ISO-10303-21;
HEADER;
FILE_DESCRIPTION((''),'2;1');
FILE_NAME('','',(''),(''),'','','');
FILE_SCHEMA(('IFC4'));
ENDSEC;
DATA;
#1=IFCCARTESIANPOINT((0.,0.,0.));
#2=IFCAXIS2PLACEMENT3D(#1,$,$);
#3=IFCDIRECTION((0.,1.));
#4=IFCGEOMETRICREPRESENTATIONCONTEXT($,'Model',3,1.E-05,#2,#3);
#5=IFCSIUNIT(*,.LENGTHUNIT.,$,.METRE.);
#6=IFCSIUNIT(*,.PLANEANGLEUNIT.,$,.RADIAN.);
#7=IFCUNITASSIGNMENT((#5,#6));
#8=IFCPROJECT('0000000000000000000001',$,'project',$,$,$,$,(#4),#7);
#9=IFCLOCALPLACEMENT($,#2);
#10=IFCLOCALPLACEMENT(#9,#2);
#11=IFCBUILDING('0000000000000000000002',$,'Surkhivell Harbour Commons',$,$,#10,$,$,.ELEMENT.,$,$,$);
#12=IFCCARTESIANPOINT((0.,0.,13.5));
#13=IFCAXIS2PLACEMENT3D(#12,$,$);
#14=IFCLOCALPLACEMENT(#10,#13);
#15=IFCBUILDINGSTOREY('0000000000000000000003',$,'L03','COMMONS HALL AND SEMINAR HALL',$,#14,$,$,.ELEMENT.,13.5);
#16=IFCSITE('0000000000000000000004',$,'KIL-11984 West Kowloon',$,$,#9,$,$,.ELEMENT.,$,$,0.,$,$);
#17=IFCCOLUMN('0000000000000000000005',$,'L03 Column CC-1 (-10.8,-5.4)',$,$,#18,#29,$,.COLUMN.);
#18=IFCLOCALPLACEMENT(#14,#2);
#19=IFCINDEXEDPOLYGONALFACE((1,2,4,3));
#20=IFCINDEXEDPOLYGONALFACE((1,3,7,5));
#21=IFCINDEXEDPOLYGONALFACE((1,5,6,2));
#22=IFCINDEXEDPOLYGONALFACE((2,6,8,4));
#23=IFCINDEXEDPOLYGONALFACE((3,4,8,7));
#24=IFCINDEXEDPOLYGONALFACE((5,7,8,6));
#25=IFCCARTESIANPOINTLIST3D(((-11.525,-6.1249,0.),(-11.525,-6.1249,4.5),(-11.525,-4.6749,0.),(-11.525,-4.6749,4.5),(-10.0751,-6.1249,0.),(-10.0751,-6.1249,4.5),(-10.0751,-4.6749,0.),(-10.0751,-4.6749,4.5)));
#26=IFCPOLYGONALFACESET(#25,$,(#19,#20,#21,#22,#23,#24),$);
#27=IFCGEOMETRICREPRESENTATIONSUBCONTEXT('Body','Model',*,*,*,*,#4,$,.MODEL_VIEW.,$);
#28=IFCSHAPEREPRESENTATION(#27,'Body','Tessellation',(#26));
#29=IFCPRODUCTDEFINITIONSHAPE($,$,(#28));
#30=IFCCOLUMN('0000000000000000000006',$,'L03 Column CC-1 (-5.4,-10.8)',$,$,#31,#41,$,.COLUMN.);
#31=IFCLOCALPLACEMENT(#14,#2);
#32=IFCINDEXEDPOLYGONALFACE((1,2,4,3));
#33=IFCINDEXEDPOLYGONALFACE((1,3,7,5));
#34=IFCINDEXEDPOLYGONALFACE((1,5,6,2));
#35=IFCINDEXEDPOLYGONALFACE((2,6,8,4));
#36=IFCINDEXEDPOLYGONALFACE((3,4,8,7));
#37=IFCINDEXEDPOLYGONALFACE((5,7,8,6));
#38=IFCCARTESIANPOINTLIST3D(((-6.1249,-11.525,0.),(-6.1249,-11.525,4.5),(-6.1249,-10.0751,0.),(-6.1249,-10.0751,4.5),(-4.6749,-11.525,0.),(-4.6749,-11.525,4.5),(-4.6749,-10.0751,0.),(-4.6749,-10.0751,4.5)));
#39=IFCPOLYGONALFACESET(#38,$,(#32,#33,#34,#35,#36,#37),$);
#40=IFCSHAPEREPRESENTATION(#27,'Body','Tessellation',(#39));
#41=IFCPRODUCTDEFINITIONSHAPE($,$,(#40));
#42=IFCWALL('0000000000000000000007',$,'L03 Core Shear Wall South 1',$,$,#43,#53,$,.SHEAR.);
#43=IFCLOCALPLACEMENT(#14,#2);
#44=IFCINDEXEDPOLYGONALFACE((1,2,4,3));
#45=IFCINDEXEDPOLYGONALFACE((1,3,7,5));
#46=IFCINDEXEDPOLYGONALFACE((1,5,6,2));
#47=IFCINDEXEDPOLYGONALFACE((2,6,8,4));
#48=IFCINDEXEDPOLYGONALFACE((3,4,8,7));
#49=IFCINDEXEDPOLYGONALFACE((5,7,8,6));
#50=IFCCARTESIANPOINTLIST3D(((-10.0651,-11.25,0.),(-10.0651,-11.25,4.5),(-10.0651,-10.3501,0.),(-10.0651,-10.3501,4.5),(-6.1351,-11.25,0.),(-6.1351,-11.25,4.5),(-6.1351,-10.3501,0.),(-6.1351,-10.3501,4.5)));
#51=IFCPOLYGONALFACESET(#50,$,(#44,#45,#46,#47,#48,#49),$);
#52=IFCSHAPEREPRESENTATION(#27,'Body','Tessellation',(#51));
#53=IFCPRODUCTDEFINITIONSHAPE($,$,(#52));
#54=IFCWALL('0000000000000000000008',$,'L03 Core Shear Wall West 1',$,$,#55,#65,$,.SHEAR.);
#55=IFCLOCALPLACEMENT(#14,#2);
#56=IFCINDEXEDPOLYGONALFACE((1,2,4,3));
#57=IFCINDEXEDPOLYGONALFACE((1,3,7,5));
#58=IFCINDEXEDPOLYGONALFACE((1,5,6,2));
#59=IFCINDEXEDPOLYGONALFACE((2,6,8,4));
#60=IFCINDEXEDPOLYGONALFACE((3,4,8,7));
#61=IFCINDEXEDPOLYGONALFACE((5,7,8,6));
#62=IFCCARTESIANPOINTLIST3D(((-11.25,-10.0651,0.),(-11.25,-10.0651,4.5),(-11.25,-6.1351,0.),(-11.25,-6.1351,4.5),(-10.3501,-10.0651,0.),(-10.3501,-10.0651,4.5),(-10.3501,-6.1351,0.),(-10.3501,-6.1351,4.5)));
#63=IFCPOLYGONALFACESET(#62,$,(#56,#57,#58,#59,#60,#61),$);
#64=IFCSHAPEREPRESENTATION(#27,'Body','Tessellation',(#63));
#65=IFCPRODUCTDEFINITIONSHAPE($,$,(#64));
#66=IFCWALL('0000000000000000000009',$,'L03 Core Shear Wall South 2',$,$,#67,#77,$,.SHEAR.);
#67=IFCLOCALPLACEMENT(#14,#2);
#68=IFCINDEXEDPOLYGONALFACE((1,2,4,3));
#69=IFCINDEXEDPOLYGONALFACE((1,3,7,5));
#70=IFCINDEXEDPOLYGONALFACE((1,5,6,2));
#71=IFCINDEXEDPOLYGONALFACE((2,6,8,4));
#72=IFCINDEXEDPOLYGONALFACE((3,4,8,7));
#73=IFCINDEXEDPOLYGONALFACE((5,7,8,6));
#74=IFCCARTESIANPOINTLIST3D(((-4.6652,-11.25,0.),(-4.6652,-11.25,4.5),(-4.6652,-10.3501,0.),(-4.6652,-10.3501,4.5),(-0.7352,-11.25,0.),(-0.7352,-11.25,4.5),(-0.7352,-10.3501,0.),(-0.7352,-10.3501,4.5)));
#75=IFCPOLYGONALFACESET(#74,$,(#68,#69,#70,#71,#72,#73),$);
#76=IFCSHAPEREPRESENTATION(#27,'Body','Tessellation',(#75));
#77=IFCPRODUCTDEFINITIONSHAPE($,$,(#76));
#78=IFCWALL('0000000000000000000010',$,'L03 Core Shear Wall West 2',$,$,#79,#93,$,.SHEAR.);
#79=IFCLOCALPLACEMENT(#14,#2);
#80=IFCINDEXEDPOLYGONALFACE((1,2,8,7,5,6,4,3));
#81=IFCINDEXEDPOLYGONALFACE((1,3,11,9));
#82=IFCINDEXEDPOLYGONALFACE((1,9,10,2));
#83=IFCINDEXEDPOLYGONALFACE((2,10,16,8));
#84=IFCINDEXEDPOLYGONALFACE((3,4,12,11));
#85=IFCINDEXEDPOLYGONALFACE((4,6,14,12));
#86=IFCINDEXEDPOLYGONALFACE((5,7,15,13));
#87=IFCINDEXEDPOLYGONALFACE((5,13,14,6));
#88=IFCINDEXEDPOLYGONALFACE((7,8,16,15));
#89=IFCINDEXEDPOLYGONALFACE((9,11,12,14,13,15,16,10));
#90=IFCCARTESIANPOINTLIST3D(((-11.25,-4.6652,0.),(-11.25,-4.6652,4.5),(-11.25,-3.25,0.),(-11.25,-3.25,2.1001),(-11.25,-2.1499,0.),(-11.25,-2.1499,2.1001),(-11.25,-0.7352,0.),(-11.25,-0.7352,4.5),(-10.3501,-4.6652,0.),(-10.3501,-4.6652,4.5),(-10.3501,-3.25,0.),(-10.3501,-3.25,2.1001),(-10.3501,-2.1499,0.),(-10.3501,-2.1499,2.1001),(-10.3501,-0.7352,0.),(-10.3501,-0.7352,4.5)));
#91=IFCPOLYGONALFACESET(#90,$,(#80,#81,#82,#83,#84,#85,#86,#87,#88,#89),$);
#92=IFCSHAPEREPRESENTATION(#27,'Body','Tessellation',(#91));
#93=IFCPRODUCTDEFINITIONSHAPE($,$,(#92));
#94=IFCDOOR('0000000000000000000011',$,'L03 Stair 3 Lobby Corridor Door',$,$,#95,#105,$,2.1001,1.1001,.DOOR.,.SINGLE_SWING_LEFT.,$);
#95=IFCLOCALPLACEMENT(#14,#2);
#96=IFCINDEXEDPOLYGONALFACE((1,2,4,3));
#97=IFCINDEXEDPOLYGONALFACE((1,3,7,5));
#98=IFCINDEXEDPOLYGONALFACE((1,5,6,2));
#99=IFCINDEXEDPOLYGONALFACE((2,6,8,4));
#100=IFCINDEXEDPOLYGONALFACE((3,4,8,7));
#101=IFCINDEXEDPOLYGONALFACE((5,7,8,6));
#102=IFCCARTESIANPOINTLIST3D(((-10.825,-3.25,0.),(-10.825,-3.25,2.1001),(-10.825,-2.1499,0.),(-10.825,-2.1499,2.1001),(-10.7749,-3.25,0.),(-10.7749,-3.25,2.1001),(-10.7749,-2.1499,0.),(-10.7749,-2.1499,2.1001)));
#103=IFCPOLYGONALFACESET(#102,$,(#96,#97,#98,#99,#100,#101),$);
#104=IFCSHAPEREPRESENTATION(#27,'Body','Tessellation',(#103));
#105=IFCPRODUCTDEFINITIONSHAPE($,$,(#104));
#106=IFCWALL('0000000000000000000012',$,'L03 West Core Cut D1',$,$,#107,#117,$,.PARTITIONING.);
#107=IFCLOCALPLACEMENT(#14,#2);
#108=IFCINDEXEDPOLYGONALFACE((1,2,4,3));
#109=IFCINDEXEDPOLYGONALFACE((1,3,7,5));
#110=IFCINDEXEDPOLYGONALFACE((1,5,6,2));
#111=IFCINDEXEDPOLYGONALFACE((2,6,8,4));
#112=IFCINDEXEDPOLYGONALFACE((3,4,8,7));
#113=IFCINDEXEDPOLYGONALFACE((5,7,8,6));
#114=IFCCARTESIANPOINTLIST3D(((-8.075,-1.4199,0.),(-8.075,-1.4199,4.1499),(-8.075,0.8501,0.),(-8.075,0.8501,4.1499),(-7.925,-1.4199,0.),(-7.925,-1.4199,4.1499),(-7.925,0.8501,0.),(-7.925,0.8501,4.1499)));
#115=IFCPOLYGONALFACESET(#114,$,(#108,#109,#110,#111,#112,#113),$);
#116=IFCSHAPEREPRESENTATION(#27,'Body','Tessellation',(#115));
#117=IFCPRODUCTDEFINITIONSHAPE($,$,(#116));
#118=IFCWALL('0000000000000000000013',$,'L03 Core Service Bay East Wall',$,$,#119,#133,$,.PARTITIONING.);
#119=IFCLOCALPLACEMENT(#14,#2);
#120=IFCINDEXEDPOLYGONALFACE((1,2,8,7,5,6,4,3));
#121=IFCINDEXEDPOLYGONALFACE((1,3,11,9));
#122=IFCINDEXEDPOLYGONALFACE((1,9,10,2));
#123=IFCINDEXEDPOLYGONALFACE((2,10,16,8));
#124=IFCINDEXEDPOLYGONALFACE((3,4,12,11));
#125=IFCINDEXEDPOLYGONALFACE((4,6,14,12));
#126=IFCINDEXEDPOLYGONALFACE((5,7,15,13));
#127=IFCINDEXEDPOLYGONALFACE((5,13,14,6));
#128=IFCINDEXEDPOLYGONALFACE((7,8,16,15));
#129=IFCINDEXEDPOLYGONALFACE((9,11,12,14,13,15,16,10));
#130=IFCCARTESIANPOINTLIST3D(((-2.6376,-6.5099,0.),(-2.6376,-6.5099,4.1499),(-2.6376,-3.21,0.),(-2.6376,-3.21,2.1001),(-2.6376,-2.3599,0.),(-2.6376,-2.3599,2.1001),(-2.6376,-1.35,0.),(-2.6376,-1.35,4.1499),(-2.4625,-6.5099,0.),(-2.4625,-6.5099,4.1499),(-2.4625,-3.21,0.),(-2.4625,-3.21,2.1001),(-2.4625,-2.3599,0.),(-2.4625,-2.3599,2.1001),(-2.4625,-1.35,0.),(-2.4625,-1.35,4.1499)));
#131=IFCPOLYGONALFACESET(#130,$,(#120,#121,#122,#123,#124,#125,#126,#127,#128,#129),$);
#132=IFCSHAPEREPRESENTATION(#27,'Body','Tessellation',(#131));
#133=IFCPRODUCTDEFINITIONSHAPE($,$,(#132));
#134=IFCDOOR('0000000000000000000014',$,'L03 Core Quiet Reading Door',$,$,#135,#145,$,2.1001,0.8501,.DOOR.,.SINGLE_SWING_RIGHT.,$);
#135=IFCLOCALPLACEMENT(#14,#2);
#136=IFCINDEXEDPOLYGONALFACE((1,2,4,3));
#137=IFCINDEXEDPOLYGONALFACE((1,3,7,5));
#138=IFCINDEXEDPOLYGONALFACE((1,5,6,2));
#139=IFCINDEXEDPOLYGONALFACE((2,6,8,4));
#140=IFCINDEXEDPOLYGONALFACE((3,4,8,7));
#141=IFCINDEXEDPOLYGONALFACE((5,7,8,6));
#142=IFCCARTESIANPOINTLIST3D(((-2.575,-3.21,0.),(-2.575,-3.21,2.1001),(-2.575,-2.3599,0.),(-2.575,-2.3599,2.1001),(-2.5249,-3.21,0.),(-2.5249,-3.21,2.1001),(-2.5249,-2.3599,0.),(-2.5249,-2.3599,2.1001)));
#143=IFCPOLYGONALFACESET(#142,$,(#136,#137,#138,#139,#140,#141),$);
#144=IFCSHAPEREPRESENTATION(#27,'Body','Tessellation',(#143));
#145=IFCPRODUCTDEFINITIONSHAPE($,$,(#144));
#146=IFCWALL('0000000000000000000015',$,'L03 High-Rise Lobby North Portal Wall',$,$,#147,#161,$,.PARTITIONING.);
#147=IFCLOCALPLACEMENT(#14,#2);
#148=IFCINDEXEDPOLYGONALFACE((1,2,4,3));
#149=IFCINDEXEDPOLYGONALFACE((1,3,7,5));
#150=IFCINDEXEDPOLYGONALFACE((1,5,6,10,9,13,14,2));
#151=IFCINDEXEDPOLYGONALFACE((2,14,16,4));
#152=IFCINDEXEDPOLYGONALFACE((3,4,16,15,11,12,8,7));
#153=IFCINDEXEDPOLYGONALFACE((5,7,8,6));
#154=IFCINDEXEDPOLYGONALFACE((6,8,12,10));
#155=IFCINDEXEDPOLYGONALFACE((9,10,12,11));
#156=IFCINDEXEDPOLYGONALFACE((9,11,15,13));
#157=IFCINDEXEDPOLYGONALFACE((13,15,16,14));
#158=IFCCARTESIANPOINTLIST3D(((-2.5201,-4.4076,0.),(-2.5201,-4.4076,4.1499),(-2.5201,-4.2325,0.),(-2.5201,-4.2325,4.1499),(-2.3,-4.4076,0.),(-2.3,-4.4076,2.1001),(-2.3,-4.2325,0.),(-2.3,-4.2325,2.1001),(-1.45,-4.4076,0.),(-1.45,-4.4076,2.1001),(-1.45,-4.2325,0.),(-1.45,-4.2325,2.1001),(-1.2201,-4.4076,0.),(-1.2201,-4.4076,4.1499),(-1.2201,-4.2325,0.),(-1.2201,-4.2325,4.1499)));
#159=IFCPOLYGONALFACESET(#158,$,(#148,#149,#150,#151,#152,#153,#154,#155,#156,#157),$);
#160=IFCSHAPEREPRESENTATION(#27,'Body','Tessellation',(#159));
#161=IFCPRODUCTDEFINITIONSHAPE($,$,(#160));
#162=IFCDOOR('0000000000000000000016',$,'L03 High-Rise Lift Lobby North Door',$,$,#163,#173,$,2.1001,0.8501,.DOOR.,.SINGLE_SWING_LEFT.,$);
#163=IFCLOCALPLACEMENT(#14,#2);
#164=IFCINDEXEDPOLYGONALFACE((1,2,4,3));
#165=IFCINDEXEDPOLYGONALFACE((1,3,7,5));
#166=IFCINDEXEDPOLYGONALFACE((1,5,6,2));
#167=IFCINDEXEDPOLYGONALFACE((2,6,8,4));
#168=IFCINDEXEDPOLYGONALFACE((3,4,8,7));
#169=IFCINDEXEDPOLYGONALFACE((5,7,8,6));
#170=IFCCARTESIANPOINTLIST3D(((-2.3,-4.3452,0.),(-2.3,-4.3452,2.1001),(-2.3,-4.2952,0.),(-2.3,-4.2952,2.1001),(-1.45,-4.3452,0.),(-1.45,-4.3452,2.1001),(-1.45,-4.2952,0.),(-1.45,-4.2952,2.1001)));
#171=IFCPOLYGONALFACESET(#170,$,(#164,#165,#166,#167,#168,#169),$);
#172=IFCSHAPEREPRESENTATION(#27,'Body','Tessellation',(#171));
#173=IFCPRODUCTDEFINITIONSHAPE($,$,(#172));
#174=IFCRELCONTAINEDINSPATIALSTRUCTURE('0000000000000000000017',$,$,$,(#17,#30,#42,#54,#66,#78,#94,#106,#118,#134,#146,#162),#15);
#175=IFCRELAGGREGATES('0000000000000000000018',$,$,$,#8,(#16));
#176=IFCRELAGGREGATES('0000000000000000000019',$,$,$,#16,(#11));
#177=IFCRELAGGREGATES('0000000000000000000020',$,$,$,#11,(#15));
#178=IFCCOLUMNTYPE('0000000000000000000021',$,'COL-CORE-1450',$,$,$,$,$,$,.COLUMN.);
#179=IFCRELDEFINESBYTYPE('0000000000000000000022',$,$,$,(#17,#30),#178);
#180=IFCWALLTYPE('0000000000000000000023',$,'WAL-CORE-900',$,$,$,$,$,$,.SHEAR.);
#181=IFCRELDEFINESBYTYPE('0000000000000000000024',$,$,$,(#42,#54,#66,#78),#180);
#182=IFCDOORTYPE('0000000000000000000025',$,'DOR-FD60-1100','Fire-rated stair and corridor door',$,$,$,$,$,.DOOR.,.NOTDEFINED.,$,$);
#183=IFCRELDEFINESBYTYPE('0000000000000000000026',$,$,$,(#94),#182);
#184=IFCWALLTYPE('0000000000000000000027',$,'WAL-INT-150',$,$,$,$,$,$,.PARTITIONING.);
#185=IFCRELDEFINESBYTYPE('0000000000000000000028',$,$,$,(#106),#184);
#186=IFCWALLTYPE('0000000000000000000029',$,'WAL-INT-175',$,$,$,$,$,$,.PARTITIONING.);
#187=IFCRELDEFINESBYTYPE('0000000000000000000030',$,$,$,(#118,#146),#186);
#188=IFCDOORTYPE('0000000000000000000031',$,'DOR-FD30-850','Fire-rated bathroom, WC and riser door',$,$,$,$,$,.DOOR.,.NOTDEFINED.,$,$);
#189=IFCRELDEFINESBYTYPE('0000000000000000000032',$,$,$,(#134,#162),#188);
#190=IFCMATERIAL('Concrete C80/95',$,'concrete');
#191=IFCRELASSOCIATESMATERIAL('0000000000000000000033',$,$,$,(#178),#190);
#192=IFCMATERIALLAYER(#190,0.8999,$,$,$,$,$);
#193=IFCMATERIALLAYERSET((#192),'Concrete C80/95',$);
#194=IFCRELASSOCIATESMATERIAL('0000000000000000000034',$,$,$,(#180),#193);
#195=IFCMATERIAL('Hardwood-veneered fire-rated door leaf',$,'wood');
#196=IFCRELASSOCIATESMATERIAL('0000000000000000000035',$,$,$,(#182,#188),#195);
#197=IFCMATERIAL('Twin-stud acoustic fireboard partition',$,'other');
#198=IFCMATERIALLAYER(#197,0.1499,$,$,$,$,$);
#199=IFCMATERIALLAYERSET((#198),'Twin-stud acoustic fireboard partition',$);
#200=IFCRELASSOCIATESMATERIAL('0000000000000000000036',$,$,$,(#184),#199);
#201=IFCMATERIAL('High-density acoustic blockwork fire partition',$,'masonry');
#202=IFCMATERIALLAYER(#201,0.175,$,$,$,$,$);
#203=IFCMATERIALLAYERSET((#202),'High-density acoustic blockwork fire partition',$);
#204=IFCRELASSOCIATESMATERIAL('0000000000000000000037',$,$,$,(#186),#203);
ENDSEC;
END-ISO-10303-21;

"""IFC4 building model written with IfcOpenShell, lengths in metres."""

from ifc_helpers import new_model, si_unit, direction, frame, frame_2d, origin, origin_2d, place, context, subcontext, project, spatial, rectangle, extrude, material, layer, layer_set, material_profile, profile_set, type_object, element, fill, save


model = new_model("IFC4")

# Units and contexts
model_context = context("Model", 3, precision=1e-05, world=origin(), true_north=direction((0.0, 1.0)))
body_context = subcontext(model_context, "Body", "Model", "MODEL_VIEW")
ifc_project = project(units=[si_unit("LENGTHUNIT", "METRE"), si_unit("PLANEANGLEUNIT", "RADIAN")], contexts=[model_context])

# Site, building, storey
site_placement = place(None, origin())
site = spatial("IfcSite", under=ifc_project, at=site_placement, Name="KIL-11984 West Kowloon", CompositionType="ELEMENT", RefElevation=0.0)
building_placement = place(site_placement, origin())
building = spatial("IfcBuilding", under=site, at=building_placement, Name="Surkhivell Harbour Commons", CompositionType="ELEMENT")
storey_placement = place(building_placement, frame((0.0, 0.0, 13.5)))
storey = spatial("IfcBuildingStorey", under=building, at=storey_placement, Name="L03", Description="COMMONS HALL AND SEMINAR HALL", CompositionType="ELEMENT", Elevation=13.5)

# Columns
ifc_material_1 = material(Name="Concrete C80/95", Category="concrete")
ifc_material_profile = material_profile(ifc_material_1, rectangle(XDim=1.45, YDim=1.45, at=origin_2d()), Name="RC-COL-1450x1450")
ifc_profile_set = profile_set([ifc_material_profile], Name="Concrete C80/95")
column_type = type_object("IfcColumnType", Name="COL-CORE-1450", PredefinedType="COLUMN", material=ifc_profile_set)
for number, where, z_axis, x_axis, name in (
    (1, (-10.8, -5.3999, 0.0), (0.0, 0.0, 1.0), (1.0, 0.0, 0.0), "L03 Column CC-1 (-10.8,-5.4)"),
    (2, (-5.3999, -10.8, 0.0), (0.0, 0.0, 1.0), (1.0, 0.0, 0.0), "L03 Column CC-1 (-5.4,-10.8)"),
):
    element("IfcColumn", number, at=place(storey_placement, frame(where, z_axis=z_axis, x_axis=x_axis)), inside=storey, type_object=column_type, Name=name, PredefinedType="COLUMN", context=body_context, shape_type="SweptSolid", body=[
        extrude(rectangle(XDim=1.45, YDim=1.45, at=origin_2d()), origin(), (0.0, 0.0, 1.0), 4.5),
    ])

# Walls
ifc_layer_1 = layer(ifc_material_1, 0.8999)
ifc_layer_set_1 = layer_set([ifc_layer_1], Name="Concrete C80/95")
wall_type_1 = type_object("IfcWallType", Name="WAL-CORE-900", PredefinedType="SHEAR", material=ifc_layer_set_1)
for number, where, z_axis, x_axis, name in (
    (3, (-10.0649, -10.8, 0.0), (0.0, 0.0, 1.0), (1.0, 0.0, 0.0), "L03 Core Shear Wall South 1"),
    (4, (-10.8, -10.0649, 0.0), (0.0, 0.0, 1.0), (0.0, 1.0, 0.0), "L03 Core Shear Wall West 1"),
    (5, (-4.665, -10.8, 0.0), (0.0, 0.0, 1.0), (1.0, 0.0, 0.0), "L03 Core Shear Wall South 2"),
):
    element("IfcWall", number, at=place(storey_placement, frame(where, z_axis=z_axis, x_axis=x_axis)), inside=storey, type_object=wall_type_1, Name=name, PredefinedType="SHEAR", context=body_context, shape_type="SweptSolid", body=[
        extrude(rectangle(XDim=3.9299, YDim=0.8999, at=frame_2d((1.9648, 0.0))), origin(), (0.0, 0.0, 1.0), 4.5),
    ])

# Wall, opening, door
wall_1_placement = place(storey_placement, frame((-10.8, -4.665, 0.0), z_axis=(0.0, 0.0, 1.0), x_axis=(0.0, 1.0, 0.0)))
wall_1 = element("IfcWall", 6, at=wall_1_placement, inside=storey, type_object=wall_type_1, Name="L03 Core Shear Wall West 2", PredefinedType="SHEAR", context=body_context, shape_type="SweptSolid", body=[
    extrude(rectangle(XDim=3.9299, YDim=0.8999, at=frame_2d((1.9648, 0.0))), origin(), (0.0, 0.0, 1.0), 4.5),
])
opening_1_placement = place(wall_1_placement, frame((1.415, 0.0, 0.0)))
opening_1 = element("IfcOpeningElement", 7, at=opening_1_placement, cuts=wall_1, PredefinedType="OPENING", context=body_context, shape_type="SweptSolid", body=[
    extrude(rectangle(XDim=1.1001, YDim=2.1001, at=frame_2d((0.55, 1.05))), frame((0.0, 0.46, 0.0), z_axis=(0.0, -1.0, 0.0), x_axis=(1.0, 0.0, 0.0)), (0.0, 0.0, 1.0), 0.9199),
])
ifc_material_2 = material(Name="Hardwood-veneered fire-rated door leaf", Category="wood")
door_type_1 = type_object("IfcDoorType", Name="DOR-FD60-1100", Description="Fire-rated stair and corridor door", OperationType="NOTDEFINED", PredefinedType="DOOR", material=ifc_material_2)
door_1_placement = place(opening_1_placement, origin())
door_1 = element("IfcDoor", 8, at=door_1_placement, inside=storey, type_object=door_type_1, Name="L03 Stair 3 Lobby Corridor Door", OperationType="SINGLE_SWING_LEFT", OverallHeight=2.1001, OverallWidth=1.1001, PredefinedType="DOOR", context=body_context, shape_type="SweptSolid", body=[
    extrude(rectangle(XDim=1.1001, YDim=2.1001, at=frame_2d((0.55, 1.05))), frame((0.0, 0.0249, 0.0), z_axis=(0.0, -1.0, 0.0), x_axis=(1.0, 0.0, 0.0)), (0.0, 0.0, 1.0), 0.05),
])
fill(opening_1, door_1)

# Wall
ifc_material_3 = material(Name="Twin-stud acoustic fireboard partition", Category="other")
ifc_layer_2 = layer(ifc_material_3, 0.1499)
ifc_layer_set_2 = layer_set([ifc_layer_2], Name="Twin-stud acoustic fireboard partition")
wall_type_2 = type_object("IfcWallType", Name="WAL-INT-150", PredefinedType="PARTITIONING", material=ifc_layer_set_2)
wall_2_placement = place(storey_placement, frame((-8.0, -1.4199, 0.0), z_axis=(0.0, 0.0, 1.0), x_axis=(0.0, 1.0, 0.0)))
element("IfcWall", 9, at=wall_2_placement, inside=storey, type_object=wall_type_2, Name="L03 West Core Cut D1", PredefinedType="PARTITIONING", context=body_context, shape_type="SweptSolid", body=[
    extrude(rectangle(XDim=2.27, YDim=0.1499, at=frame_2d((1.135, 0.0))), origin(), (0.0, 0.0, 1.0), 4.1499),
])

# Walls, openings, doors
ifc_material_4 = material(Name="High-density acoustic blockwork fire partition", Category="masonry")
ifc_layer_3 = layer(ifc_material_4, 0.175)
ifc_layer_set_3 = layer_set([ifc_layer_3], Name="High-density acoustic blockwork fire partition")
wall_type_3 = type_object("IfcWallType", Name="WAL-INT-175", PredefinedType="PARTITIONING", material=ifc_layer_set_3)
wall_3_placement = place(storey_placement, frame((-2.55, -6.51, 0.0), z_axis=(0.0, 0.0, 1.0), x_axis=(0.0, 1.0, 0.0)))
wall_3 = element("IfcWall", 10, at=wall_3_placement, inside=storey, type_object=wall_type_3, Name="L03 Core Service Bay East Wall", PredefinedType="PARTITIONING", context=body_context, shape_type="SweptSolid", body=[
    extrude(rectangle(XDim=5.1599, YDim=0.175, at=frame_2d((2.5801, 0.0))), origin(), (0.0, 0.0, 1.0), 4.1499),
])
opening_2_placement = place(wall_3_placement, frame((3.3, 0.0, 0.0)))
opening_2 = element("IfcOpeningElement", 11, at=opening_2_placement, cuts=wall_3, PredefinedType="OPENING", context=body_context, shape_type="SweptSolid", body=[
    extrude(rectangle(XDim=0.8501, YDim=2.1001, at=frame_2d((0.425, 1.05))), frame((0.0, 0.0974, 0.0), z_axis=(0.0, -1.0, 0.0), x_axis=(1.0, 0.0, 0.0)), (0.0, 0.0, 1.0), 0.1951),
])
door_type_2 = type_object("IfcDoorType", Name="DOR-FD30-850", Description="Fire-rated bathroom, WC and riser door", OperationType="NOTDEFINED", PredefinedType="DOOR", material=ifc_material_2)
door_2_placement = place(opening_2_placement, origin())
door_2 = element("IfcDoor", 12, at=door_2_placement, inside=storey, type_object=door_type_2, Name="L03 Core Quiet Reading Door", OperationType="SINGLE_SWING_RIGHT", OverallHeight=2.1001, OverallWidth=0.8501, PredefinedType="DOOR", context=body_context, shape_type="SweptSolid", body=[
    extrude(rectangle(XDim=0.8501, YDim=2.1001, at=frame_2d((0.425, 1.05))), frame((0.0, 0.0249, 0.0), z_axis=(0.0, -1.0, 0.0), x_axis=(1.0, 0.0, 0.0)), (0.0, 0.0, 1.0), 0.05),
])
fill(opening_2, door_2)
wall_4_placement = place(storey_placement, frame((-2.52, -4.3201, 0.0), z_axis=(0.0, 0.0, 1.0), x_axis=(1.0, 0.0, 0.0)))
wall_4 = element("IfcWall", 13, at=wall_4_placement, inside=storey, type_object=wall_type_3, Name="L03 High-Rise Lobby North Portal Wall", PredefinedType="PARTITIONING", context=body_context, shape_type="SweptSolid", body=[
    extrude(rectangle(XDim=1.3, YDim=0.175, at=frame_2d((0.6499, 0.0))), origin(), (0.0, 0.0, 1.0), 4.1499),
])
opening_3_placement = place(wall_4_placement, frame((0.22, 0.0, 0.0)))
opening_3 = element("IfcOpeningElement", 14, at=opening_3_placement, cuts=wall_4, PredefinedType="OPENING", context=body_context, shape_type="SweptSolid", body=[
    extrude(rectangle(XDim=0.8501, YDim=2.1001, at=frame_2d((0.425, 1.05))), frame((0.0, 0.0974, 0.0), z_axis=(0.0, -1.0, 0.0), x_axis=(1.0, 0.0, 0.0)), (0.0, 0.0, 1.0), 0.1951),
])
door_3_placement = place(opening_3_placement, origin())
door_3 = element("IfcDoor", 15, at=door_3_placement, inside=storey, type_object=door_type_2, Name="L03 High-Rise Lift Lobby North Door", OperationType="SINGLE_SWING_LEFT", OverallHeight=2.1001, OverallWidth=0.8501, PredefinedType="DOOR", context=body_context, shape_type="SweptSolid", body=[
    extrude(rectangle(XDim=0.8501, YDim=2.1001, at=frame_2d((0.425, 1.05))), frame((0.0, 0.0249, 0.0), z_axis=(0.0, -1.0, 0.0), x_axis=(1.0, 0.0, 0.0)), (0.0, 0.0, 1.0), 0.05),
])
fill(opening_3, door_3)

save(model, "model.ifc")
